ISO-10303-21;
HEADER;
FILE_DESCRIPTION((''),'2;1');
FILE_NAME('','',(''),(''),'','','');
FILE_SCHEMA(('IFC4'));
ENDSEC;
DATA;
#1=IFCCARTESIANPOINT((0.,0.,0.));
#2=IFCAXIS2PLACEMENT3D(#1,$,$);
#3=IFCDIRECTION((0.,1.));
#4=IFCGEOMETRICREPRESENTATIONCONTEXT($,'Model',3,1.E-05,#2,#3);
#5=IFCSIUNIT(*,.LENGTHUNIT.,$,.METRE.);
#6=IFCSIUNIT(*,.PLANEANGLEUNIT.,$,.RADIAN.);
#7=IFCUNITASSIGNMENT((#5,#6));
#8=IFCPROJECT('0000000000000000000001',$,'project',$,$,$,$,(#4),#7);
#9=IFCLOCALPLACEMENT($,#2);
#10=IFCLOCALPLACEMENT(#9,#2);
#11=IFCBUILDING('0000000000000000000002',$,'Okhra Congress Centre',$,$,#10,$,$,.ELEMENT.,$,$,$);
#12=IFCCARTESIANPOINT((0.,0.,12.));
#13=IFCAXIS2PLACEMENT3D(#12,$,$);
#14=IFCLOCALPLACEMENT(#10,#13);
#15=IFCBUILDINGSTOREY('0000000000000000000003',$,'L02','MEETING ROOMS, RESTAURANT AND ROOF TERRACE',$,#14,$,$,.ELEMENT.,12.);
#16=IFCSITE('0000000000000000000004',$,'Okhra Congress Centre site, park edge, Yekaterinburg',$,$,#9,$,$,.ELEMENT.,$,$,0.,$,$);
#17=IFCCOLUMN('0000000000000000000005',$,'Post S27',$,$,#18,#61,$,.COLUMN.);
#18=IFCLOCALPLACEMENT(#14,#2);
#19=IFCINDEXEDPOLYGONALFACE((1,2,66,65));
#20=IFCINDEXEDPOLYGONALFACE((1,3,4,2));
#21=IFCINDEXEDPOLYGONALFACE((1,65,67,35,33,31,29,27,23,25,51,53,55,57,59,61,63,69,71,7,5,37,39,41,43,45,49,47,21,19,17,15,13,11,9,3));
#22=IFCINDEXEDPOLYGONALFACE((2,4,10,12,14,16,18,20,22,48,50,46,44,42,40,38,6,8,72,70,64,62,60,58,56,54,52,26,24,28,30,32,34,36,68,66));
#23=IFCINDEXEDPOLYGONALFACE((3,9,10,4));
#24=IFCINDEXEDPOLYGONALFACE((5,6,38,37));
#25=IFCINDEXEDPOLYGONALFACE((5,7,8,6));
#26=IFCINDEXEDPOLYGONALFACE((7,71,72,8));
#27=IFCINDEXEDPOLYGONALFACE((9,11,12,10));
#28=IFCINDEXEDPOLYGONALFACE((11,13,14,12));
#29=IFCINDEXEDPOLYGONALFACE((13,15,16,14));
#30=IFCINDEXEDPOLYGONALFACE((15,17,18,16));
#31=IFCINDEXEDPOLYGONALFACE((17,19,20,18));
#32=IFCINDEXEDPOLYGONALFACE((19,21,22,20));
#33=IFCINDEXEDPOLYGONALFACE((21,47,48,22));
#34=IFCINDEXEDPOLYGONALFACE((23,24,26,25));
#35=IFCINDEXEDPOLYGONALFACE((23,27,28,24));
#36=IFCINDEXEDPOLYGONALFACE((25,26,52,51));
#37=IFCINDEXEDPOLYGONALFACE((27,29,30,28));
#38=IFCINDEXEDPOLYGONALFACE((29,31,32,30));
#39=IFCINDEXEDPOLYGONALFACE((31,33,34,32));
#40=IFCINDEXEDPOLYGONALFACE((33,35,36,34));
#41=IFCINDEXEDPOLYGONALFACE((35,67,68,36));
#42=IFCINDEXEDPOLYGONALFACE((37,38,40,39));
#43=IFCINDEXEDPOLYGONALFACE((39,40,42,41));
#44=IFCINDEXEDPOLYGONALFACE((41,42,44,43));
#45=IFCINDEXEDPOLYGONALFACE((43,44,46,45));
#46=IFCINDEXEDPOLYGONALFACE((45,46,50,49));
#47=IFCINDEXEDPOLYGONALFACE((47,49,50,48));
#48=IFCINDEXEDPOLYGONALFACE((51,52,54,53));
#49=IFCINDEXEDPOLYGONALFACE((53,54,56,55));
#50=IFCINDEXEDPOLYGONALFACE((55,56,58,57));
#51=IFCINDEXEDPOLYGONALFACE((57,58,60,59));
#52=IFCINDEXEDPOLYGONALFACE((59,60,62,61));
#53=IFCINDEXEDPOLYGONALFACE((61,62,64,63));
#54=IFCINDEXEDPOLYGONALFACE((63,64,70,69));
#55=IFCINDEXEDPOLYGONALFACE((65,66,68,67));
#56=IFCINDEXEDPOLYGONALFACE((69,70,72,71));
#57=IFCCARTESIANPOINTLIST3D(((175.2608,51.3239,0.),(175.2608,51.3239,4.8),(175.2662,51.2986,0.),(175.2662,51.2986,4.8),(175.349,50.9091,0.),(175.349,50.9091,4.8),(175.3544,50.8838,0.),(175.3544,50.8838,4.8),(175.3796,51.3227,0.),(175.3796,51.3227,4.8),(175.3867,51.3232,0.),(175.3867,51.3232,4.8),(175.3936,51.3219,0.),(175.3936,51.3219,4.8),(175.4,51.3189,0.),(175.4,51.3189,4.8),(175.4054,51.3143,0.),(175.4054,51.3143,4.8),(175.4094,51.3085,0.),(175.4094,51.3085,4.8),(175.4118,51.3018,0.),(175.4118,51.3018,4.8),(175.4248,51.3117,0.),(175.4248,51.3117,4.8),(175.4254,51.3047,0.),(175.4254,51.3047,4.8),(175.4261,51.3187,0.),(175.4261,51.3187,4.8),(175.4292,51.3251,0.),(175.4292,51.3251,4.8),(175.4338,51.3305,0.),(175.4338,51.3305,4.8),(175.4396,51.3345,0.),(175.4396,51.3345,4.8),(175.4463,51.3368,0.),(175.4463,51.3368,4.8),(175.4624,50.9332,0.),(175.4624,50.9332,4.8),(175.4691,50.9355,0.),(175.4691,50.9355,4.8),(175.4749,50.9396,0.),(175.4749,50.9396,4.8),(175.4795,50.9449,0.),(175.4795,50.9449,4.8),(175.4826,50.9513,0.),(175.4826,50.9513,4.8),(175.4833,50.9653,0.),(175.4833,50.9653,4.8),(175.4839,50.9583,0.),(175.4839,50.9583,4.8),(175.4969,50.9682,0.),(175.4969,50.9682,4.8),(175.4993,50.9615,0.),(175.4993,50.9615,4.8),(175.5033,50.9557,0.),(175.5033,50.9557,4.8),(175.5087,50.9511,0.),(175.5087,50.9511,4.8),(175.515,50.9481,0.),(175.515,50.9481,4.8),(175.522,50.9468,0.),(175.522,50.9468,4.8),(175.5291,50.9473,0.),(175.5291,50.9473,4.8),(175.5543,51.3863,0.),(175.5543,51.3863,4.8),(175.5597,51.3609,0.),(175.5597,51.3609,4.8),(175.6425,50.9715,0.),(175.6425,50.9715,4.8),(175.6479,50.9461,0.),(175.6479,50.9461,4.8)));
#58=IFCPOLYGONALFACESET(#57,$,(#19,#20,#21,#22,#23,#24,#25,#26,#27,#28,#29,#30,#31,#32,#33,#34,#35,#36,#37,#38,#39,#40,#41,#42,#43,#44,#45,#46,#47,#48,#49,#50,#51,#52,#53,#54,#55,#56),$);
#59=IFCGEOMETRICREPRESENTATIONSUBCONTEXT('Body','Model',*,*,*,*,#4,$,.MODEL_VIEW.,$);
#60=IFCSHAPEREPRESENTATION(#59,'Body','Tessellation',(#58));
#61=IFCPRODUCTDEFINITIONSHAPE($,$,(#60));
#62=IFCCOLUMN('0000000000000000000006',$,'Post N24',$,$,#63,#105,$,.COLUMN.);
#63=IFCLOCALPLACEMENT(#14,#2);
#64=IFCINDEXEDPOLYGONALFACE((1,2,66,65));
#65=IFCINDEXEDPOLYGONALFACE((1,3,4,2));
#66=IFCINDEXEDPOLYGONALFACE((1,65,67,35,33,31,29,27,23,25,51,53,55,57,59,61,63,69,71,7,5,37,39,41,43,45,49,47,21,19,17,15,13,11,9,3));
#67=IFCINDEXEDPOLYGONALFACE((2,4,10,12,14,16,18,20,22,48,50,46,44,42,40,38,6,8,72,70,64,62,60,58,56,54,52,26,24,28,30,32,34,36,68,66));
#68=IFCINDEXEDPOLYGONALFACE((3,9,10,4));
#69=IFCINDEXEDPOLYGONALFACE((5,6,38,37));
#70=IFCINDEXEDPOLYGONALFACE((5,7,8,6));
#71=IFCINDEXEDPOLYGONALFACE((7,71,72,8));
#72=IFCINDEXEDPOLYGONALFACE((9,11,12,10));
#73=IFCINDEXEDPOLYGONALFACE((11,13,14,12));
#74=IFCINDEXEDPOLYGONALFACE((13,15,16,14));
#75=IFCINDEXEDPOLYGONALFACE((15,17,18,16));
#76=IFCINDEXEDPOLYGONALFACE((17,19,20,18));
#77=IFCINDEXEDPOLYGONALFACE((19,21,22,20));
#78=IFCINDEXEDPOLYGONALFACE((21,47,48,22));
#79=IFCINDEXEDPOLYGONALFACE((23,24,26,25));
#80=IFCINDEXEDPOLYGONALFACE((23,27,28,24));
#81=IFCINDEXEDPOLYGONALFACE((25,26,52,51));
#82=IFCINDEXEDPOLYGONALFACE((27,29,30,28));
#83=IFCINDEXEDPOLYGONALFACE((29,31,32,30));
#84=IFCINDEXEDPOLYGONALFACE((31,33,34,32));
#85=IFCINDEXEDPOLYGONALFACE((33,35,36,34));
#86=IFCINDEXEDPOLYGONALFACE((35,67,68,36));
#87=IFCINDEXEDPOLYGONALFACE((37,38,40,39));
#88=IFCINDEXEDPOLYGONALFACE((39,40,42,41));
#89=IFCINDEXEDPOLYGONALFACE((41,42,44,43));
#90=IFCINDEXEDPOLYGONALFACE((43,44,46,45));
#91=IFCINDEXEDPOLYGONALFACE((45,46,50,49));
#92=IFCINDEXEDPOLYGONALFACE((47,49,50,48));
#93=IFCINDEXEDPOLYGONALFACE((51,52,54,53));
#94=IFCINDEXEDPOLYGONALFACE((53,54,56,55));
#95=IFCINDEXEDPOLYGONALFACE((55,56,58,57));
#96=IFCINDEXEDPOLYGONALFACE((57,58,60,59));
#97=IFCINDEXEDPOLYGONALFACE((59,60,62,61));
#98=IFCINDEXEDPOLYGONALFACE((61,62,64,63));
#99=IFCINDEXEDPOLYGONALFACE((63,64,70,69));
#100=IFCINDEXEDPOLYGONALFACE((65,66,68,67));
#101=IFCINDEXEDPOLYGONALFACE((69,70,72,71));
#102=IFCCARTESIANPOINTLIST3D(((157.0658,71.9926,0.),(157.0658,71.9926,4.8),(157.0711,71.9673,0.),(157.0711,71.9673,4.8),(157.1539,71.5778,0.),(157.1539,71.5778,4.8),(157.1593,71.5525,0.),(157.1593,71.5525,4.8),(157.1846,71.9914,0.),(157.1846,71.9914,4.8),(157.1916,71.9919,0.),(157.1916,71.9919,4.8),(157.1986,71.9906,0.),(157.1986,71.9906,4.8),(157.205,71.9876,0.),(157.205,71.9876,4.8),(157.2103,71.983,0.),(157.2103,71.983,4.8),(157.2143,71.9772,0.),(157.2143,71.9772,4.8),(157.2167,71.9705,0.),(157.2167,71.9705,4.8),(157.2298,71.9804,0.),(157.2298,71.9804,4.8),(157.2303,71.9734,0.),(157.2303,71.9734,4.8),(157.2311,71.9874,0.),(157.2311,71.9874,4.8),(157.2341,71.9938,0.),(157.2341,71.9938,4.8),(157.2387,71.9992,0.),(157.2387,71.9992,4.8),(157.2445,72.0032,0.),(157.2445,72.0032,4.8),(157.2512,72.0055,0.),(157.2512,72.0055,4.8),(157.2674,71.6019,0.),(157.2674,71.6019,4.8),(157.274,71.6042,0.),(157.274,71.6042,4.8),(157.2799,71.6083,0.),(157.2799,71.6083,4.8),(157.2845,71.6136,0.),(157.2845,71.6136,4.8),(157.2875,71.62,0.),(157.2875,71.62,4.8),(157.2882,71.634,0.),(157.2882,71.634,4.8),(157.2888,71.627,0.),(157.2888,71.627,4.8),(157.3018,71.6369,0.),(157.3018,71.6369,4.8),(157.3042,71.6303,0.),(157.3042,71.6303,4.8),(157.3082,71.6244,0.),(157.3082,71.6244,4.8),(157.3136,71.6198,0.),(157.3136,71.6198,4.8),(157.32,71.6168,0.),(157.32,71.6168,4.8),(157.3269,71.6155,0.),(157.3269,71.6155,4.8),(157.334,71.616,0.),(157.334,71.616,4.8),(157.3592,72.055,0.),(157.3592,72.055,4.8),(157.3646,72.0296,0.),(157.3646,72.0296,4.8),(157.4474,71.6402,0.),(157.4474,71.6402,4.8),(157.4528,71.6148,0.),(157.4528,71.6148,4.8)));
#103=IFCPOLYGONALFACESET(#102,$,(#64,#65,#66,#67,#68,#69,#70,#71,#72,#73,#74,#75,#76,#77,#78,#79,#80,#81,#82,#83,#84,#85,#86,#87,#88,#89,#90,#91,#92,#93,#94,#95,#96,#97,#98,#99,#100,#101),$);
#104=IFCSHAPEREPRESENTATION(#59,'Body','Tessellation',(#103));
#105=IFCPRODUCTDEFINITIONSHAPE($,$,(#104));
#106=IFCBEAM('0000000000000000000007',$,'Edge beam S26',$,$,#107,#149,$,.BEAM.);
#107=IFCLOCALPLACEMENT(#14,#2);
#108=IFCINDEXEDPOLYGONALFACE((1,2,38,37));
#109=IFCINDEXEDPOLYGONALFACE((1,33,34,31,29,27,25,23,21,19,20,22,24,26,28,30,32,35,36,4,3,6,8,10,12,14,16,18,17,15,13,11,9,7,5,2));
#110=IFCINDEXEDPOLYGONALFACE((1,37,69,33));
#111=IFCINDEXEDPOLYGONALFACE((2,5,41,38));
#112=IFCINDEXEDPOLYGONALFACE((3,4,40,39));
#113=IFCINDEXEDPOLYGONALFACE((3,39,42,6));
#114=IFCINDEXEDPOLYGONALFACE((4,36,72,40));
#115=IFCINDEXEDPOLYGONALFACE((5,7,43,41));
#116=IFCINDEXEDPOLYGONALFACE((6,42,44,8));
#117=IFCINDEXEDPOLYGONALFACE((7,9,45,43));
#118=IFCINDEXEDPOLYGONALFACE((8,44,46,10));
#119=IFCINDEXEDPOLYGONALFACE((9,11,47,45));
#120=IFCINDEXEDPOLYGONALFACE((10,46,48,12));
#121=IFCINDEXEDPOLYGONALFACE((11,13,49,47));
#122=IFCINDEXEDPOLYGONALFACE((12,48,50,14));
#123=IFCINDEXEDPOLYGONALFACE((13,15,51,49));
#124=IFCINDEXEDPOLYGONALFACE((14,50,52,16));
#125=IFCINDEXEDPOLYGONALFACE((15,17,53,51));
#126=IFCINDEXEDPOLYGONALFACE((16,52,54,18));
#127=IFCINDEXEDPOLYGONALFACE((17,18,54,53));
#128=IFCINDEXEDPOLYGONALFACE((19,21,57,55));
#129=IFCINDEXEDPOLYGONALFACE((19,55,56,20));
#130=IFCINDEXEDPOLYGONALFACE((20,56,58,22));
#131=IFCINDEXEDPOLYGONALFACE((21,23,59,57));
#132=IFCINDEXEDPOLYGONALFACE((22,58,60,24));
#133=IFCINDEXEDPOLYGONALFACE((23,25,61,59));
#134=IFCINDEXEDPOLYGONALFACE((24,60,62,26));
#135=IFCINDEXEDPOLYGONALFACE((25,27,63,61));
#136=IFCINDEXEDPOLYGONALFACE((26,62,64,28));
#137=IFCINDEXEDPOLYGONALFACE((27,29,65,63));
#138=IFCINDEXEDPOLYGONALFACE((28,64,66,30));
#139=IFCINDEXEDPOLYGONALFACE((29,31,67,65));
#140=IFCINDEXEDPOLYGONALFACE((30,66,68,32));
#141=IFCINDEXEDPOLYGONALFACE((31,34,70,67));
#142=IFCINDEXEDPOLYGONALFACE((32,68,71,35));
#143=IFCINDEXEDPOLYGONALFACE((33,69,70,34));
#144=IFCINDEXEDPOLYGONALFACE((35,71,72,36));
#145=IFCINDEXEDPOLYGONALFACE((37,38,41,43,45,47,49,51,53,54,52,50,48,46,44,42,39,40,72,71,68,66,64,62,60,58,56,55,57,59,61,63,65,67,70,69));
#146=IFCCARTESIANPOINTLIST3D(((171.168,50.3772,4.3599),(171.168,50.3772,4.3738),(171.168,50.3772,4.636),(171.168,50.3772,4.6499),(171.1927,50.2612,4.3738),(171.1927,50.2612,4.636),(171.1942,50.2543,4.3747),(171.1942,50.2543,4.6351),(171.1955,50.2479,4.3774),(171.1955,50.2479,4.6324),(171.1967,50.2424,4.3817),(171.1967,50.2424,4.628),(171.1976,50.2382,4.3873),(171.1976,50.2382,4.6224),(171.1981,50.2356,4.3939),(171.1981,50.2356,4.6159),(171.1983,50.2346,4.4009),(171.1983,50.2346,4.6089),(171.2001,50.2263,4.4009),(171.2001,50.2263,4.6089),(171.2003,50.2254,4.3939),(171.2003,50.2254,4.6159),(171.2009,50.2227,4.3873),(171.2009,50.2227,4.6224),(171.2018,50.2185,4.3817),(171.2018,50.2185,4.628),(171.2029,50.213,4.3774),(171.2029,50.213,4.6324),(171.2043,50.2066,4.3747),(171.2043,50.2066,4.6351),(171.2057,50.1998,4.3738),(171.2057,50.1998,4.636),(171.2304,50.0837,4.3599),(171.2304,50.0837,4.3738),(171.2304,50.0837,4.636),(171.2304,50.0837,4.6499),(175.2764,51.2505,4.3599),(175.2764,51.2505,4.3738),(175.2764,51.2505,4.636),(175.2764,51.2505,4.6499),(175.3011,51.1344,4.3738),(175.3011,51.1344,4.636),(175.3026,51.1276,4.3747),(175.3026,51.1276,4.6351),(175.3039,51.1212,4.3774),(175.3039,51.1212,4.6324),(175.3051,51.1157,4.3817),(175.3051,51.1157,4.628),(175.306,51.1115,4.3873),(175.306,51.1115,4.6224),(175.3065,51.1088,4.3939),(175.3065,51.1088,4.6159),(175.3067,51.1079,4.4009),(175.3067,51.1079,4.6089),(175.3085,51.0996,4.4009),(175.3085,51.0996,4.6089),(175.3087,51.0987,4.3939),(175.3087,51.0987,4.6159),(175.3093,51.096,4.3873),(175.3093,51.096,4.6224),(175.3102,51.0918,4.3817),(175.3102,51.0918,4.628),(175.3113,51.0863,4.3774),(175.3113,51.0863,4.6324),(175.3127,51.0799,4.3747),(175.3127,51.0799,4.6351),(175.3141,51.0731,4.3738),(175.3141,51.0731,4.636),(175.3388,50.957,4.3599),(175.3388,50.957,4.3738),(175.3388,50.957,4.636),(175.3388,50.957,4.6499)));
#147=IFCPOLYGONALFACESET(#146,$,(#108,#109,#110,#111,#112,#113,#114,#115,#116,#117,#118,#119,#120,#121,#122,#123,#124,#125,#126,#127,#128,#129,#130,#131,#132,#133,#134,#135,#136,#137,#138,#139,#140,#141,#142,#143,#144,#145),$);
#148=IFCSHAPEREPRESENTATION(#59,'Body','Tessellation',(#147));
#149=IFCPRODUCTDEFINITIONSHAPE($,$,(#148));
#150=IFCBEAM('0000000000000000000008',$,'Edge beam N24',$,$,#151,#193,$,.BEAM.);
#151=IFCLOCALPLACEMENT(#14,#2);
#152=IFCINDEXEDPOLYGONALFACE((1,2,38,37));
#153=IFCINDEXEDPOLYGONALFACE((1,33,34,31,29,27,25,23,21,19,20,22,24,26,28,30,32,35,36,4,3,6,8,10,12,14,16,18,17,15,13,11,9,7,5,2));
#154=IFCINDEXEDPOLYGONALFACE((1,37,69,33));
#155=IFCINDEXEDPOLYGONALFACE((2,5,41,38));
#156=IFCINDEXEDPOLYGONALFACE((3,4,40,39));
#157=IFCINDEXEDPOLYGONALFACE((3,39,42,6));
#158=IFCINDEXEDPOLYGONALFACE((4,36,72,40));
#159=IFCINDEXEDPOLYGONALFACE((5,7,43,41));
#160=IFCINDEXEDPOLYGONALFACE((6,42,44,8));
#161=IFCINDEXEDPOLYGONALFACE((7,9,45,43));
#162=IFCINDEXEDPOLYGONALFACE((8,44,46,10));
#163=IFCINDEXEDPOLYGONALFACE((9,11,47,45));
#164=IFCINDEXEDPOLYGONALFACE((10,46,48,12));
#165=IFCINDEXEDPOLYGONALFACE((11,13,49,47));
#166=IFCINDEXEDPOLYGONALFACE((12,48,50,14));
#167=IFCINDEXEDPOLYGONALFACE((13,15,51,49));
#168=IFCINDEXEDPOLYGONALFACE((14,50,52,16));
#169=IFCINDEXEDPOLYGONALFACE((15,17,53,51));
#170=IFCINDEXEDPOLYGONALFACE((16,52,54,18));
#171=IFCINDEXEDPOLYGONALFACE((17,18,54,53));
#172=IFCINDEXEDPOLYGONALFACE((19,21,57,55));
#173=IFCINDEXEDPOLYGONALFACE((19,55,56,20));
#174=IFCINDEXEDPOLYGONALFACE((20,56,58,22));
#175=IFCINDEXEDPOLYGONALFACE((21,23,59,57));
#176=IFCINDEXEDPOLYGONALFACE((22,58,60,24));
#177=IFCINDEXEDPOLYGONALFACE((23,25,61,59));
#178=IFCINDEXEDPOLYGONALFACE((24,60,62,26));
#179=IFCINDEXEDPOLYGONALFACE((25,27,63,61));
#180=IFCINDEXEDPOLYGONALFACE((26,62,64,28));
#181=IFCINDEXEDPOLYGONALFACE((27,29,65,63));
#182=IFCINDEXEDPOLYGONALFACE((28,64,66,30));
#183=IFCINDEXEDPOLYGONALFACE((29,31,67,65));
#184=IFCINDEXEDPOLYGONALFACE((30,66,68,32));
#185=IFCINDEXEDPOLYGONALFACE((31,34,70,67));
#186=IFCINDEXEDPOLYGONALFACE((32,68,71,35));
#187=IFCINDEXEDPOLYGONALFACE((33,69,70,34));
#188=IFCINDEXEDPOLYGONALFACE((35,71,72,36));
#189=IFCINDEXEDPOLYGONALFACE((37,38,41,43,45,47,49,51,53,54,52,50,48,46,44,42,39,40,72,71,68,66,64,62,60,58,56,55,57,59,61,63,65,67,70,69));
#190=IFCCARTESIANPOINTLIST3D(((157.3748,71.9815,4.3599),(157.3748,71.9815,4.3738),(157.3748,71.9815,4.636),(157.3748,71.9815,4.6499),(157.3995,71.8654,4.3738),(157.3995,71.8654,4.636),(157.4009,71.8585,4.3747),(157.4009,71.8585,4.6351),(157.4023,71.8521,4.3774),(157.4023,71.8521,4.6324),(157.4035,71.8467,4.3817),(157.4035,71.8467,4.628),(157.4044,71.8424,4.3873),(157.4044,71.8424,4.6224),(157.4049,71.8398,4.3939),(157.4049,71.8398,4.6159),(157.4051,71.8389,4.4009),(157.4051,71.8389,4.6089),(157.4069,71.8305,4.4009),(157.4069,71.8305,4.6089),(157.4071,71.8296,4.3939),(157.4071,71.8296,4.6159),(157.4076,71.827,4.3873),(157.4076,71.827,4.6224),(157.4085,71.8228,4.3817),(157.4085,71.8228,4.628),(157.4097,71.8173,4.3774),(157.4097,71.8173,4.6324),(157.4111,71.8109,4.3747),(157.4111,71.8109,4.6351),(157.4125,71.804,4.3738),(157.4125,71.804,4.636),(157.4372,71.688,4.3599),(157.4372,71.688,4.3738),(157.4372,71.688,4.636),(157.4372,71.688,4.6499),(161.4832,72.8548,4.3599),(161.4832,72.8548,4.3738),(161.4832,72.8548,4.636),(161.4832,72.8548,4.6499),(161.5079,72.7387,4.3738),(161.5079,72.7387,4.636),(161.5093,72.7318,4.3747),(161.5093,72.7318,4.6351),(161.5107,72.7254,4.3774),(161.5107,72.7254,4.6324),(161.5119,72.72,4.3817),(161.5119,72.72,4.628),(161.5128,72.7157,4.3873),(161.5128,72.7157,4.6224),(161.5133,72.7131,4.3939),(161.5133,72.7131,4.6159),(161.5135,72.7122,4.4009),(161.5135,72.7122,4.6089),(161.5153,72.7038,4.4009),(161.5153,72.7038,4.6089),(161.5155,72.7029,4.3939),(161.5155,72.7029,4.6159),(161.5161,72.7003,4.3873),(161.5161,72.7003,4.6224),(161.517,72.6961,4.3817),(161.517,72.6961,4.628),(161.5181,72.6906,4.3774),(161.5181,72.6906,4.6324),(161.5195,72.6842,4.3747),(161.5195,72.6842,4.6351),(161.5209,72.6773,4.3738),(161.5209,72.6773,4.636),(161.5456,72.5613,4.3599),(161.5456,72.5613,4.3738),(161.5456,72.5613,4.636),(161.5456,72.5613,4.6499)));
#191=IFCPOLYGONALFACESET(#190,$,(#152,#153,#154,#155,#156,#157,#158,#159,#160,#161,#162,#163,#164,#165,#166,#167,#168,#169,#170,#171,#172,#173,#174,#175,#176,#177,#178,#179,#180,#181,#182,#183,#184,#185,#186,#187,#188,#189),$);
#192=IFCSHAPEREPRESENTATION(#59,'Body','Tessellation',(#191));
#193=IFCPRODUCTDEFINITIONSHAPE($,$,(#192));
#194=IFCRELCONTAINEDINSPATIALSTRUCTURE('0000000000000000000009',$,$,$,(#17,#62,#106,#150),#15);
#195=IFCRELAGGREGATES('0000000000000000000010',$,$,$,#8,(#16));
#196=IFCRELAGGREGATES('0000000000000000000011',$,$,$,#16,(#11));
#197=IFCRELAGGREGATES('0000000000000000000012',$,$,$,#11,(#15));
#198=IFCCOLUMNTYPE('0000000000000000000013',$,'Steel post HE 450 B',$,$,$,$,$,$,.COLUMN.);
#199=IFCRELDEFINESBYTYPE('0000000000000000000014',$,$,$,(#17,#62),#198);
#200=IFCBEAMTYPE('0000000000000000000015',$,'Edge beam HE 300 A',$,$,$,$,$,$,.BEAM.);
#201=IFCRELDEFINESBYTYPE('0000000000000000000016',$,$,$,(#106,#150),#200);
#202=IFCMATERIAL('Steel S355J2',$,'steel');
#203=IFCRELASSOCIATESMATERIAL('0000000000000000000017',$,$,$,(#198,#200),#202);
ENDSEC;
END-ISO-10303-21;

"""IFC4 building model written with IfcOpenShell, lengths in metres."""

from ifc_helpers import new_model, si_unit, direction, frame, origin, origin_2d, place, context, subcontext, project, spatial, i_section, extrude, material, material_profile, profile_set, type_object, element, save


model = new_model("IFC4")

# Units and contexts
model_context = context("Model", 3, precision=1e-05, world=origin(), true_north=direction((0.0, 1.0)))
body_context = subcontext(model_context, "Body", "Model", "MODEL_VIEW")
ifc_project = project(units=[si_unit("LENGTHUNIT", "METRE"), si_unit("PLANEANGLEUNIT", "RADIAN")], contexts=[model_context])

# Site, building, storey
site_placement = place(None, origin())
site = spatial("IfcSite", under=ifc_project, at=site_placement, Name="Okhra Congress Centre site, park edge, Yekaterinburg", CompositionType="ELEMENT", RefElevation=0.0)
building_placement = place(site_placement, origin())
building = spatial("IfcBuilding", under=site, at=building_placement, Name="Okhra Congress Centre", CompositionType="ELEMENT")
storey_placement = place(building_placement, frame((0.0, 0.0, 12.0)))
storey = spatial("IfcBuildingStorey", under=building, at=storey_placement, Name="L02", Description="MEETING ROOMS, RESTAURANT AND ROOF TERRACE", CompositionType="ELEMENT", Elevation=12.0)

# Columns
ifc_material_1 = material(Name="Steel S355J2", Category="steel")
ifc_material_profile_1 = material_profile(ifc_material_1, i_section(OverallWidth=0.3, OverallDepth=0.45, WebThickness=0.0139, FlangeThickness=0.0259, FilletRadius=0.0271, at=origin_2d()), Name="HE 450 B")
ifc_profile_set_1 = profile_set([ifc_material_profile_1], Name="Steel S355J2")
column_type = type_object("IfcColumnType", Name="Steel post HE 450 B", PredefinedType="COLUMN", material=ifc_profile_set_1)
for number, where, z_axis, x_axis, name in (
    (1, (175.4543, 51.135, 0.0), (0.0, 0.0, 1.0), (0.978148, 0.207912, 0.0), "Post S27"),
    (2, (157.2593, 71.8037, 0.0), (0.0, 0.0, 1.0), (0.978148, 0.207912, 0.0), "Post N24"),
):
    element("IfcColumn", number, at=place(storey_placement, frame(where, z_axis=z_axis, x_axis=x_axis)), inside=storey, type_object=column_type, Name=name, PredefinedType="COLUMN", context=body_context, shape_type="SweptSolid", body=[
        extrude(i_section(OverallWidth=0.3, OverallDepth=0.45, WebThickness=0.0139, FlangeThickness=0.0259, FilletRadius=0.0271, at=origin_2d()), origin(), (0.0, 0.0, 1.0), 4.8),
    ])

# Beams
ifc_material_profile_2 = material_profile(ifc_material_1, i_section(OverallWidth=0.3, OverallDepth=0.29, WebThickness=0.0085, FlangeThickness=0.0139, FilletRadius=0.0271, at=origin_2d()), Name="HE 300 A")
ifc_profile_set_2 = profile_set([ifc_material_profile_2], Name="Steel S355J2")
beam_type_1 = type_object("IfcBeamType", Name="Edge beam HE 300 A", PredefinedType="BEAM", material=ifc_profile_set_2)
for number, where, z_axis, x_axis, name in (
    (3, (171.1992, 50.2305, 4.5049), (0.978146, 0.207917, 0.0), (-0.207917, 0.978146, 0.0), "Edge beam S26"),
    (4, (157.406, 71.8347, 4.5049), (0.978146, 0.207917, 0.0), (-0.207917, 0.978146, 0.0), "Edge beam N24"),
):
    element("IfcBeam", number, at=place(storey_placement, frame(where, z_axis=z_axis, x_axis=x_axis)), inside=storey, type_object=beam_type_1, Name=name, PredefinedType="BEAM", context=body_context, shape_type="SweptSolid", body=[
        extrude(i_section(OverallWidth=0.3, OverallDepth=0.29, WebThickness=0.0085, FlangeThickness=0.0139, FilletRadius=0.0271, at=origin_2d()), origin(), (0.0, 0.0, 1.0), 4.2002),
    ])

save(model, "model.ifc")
